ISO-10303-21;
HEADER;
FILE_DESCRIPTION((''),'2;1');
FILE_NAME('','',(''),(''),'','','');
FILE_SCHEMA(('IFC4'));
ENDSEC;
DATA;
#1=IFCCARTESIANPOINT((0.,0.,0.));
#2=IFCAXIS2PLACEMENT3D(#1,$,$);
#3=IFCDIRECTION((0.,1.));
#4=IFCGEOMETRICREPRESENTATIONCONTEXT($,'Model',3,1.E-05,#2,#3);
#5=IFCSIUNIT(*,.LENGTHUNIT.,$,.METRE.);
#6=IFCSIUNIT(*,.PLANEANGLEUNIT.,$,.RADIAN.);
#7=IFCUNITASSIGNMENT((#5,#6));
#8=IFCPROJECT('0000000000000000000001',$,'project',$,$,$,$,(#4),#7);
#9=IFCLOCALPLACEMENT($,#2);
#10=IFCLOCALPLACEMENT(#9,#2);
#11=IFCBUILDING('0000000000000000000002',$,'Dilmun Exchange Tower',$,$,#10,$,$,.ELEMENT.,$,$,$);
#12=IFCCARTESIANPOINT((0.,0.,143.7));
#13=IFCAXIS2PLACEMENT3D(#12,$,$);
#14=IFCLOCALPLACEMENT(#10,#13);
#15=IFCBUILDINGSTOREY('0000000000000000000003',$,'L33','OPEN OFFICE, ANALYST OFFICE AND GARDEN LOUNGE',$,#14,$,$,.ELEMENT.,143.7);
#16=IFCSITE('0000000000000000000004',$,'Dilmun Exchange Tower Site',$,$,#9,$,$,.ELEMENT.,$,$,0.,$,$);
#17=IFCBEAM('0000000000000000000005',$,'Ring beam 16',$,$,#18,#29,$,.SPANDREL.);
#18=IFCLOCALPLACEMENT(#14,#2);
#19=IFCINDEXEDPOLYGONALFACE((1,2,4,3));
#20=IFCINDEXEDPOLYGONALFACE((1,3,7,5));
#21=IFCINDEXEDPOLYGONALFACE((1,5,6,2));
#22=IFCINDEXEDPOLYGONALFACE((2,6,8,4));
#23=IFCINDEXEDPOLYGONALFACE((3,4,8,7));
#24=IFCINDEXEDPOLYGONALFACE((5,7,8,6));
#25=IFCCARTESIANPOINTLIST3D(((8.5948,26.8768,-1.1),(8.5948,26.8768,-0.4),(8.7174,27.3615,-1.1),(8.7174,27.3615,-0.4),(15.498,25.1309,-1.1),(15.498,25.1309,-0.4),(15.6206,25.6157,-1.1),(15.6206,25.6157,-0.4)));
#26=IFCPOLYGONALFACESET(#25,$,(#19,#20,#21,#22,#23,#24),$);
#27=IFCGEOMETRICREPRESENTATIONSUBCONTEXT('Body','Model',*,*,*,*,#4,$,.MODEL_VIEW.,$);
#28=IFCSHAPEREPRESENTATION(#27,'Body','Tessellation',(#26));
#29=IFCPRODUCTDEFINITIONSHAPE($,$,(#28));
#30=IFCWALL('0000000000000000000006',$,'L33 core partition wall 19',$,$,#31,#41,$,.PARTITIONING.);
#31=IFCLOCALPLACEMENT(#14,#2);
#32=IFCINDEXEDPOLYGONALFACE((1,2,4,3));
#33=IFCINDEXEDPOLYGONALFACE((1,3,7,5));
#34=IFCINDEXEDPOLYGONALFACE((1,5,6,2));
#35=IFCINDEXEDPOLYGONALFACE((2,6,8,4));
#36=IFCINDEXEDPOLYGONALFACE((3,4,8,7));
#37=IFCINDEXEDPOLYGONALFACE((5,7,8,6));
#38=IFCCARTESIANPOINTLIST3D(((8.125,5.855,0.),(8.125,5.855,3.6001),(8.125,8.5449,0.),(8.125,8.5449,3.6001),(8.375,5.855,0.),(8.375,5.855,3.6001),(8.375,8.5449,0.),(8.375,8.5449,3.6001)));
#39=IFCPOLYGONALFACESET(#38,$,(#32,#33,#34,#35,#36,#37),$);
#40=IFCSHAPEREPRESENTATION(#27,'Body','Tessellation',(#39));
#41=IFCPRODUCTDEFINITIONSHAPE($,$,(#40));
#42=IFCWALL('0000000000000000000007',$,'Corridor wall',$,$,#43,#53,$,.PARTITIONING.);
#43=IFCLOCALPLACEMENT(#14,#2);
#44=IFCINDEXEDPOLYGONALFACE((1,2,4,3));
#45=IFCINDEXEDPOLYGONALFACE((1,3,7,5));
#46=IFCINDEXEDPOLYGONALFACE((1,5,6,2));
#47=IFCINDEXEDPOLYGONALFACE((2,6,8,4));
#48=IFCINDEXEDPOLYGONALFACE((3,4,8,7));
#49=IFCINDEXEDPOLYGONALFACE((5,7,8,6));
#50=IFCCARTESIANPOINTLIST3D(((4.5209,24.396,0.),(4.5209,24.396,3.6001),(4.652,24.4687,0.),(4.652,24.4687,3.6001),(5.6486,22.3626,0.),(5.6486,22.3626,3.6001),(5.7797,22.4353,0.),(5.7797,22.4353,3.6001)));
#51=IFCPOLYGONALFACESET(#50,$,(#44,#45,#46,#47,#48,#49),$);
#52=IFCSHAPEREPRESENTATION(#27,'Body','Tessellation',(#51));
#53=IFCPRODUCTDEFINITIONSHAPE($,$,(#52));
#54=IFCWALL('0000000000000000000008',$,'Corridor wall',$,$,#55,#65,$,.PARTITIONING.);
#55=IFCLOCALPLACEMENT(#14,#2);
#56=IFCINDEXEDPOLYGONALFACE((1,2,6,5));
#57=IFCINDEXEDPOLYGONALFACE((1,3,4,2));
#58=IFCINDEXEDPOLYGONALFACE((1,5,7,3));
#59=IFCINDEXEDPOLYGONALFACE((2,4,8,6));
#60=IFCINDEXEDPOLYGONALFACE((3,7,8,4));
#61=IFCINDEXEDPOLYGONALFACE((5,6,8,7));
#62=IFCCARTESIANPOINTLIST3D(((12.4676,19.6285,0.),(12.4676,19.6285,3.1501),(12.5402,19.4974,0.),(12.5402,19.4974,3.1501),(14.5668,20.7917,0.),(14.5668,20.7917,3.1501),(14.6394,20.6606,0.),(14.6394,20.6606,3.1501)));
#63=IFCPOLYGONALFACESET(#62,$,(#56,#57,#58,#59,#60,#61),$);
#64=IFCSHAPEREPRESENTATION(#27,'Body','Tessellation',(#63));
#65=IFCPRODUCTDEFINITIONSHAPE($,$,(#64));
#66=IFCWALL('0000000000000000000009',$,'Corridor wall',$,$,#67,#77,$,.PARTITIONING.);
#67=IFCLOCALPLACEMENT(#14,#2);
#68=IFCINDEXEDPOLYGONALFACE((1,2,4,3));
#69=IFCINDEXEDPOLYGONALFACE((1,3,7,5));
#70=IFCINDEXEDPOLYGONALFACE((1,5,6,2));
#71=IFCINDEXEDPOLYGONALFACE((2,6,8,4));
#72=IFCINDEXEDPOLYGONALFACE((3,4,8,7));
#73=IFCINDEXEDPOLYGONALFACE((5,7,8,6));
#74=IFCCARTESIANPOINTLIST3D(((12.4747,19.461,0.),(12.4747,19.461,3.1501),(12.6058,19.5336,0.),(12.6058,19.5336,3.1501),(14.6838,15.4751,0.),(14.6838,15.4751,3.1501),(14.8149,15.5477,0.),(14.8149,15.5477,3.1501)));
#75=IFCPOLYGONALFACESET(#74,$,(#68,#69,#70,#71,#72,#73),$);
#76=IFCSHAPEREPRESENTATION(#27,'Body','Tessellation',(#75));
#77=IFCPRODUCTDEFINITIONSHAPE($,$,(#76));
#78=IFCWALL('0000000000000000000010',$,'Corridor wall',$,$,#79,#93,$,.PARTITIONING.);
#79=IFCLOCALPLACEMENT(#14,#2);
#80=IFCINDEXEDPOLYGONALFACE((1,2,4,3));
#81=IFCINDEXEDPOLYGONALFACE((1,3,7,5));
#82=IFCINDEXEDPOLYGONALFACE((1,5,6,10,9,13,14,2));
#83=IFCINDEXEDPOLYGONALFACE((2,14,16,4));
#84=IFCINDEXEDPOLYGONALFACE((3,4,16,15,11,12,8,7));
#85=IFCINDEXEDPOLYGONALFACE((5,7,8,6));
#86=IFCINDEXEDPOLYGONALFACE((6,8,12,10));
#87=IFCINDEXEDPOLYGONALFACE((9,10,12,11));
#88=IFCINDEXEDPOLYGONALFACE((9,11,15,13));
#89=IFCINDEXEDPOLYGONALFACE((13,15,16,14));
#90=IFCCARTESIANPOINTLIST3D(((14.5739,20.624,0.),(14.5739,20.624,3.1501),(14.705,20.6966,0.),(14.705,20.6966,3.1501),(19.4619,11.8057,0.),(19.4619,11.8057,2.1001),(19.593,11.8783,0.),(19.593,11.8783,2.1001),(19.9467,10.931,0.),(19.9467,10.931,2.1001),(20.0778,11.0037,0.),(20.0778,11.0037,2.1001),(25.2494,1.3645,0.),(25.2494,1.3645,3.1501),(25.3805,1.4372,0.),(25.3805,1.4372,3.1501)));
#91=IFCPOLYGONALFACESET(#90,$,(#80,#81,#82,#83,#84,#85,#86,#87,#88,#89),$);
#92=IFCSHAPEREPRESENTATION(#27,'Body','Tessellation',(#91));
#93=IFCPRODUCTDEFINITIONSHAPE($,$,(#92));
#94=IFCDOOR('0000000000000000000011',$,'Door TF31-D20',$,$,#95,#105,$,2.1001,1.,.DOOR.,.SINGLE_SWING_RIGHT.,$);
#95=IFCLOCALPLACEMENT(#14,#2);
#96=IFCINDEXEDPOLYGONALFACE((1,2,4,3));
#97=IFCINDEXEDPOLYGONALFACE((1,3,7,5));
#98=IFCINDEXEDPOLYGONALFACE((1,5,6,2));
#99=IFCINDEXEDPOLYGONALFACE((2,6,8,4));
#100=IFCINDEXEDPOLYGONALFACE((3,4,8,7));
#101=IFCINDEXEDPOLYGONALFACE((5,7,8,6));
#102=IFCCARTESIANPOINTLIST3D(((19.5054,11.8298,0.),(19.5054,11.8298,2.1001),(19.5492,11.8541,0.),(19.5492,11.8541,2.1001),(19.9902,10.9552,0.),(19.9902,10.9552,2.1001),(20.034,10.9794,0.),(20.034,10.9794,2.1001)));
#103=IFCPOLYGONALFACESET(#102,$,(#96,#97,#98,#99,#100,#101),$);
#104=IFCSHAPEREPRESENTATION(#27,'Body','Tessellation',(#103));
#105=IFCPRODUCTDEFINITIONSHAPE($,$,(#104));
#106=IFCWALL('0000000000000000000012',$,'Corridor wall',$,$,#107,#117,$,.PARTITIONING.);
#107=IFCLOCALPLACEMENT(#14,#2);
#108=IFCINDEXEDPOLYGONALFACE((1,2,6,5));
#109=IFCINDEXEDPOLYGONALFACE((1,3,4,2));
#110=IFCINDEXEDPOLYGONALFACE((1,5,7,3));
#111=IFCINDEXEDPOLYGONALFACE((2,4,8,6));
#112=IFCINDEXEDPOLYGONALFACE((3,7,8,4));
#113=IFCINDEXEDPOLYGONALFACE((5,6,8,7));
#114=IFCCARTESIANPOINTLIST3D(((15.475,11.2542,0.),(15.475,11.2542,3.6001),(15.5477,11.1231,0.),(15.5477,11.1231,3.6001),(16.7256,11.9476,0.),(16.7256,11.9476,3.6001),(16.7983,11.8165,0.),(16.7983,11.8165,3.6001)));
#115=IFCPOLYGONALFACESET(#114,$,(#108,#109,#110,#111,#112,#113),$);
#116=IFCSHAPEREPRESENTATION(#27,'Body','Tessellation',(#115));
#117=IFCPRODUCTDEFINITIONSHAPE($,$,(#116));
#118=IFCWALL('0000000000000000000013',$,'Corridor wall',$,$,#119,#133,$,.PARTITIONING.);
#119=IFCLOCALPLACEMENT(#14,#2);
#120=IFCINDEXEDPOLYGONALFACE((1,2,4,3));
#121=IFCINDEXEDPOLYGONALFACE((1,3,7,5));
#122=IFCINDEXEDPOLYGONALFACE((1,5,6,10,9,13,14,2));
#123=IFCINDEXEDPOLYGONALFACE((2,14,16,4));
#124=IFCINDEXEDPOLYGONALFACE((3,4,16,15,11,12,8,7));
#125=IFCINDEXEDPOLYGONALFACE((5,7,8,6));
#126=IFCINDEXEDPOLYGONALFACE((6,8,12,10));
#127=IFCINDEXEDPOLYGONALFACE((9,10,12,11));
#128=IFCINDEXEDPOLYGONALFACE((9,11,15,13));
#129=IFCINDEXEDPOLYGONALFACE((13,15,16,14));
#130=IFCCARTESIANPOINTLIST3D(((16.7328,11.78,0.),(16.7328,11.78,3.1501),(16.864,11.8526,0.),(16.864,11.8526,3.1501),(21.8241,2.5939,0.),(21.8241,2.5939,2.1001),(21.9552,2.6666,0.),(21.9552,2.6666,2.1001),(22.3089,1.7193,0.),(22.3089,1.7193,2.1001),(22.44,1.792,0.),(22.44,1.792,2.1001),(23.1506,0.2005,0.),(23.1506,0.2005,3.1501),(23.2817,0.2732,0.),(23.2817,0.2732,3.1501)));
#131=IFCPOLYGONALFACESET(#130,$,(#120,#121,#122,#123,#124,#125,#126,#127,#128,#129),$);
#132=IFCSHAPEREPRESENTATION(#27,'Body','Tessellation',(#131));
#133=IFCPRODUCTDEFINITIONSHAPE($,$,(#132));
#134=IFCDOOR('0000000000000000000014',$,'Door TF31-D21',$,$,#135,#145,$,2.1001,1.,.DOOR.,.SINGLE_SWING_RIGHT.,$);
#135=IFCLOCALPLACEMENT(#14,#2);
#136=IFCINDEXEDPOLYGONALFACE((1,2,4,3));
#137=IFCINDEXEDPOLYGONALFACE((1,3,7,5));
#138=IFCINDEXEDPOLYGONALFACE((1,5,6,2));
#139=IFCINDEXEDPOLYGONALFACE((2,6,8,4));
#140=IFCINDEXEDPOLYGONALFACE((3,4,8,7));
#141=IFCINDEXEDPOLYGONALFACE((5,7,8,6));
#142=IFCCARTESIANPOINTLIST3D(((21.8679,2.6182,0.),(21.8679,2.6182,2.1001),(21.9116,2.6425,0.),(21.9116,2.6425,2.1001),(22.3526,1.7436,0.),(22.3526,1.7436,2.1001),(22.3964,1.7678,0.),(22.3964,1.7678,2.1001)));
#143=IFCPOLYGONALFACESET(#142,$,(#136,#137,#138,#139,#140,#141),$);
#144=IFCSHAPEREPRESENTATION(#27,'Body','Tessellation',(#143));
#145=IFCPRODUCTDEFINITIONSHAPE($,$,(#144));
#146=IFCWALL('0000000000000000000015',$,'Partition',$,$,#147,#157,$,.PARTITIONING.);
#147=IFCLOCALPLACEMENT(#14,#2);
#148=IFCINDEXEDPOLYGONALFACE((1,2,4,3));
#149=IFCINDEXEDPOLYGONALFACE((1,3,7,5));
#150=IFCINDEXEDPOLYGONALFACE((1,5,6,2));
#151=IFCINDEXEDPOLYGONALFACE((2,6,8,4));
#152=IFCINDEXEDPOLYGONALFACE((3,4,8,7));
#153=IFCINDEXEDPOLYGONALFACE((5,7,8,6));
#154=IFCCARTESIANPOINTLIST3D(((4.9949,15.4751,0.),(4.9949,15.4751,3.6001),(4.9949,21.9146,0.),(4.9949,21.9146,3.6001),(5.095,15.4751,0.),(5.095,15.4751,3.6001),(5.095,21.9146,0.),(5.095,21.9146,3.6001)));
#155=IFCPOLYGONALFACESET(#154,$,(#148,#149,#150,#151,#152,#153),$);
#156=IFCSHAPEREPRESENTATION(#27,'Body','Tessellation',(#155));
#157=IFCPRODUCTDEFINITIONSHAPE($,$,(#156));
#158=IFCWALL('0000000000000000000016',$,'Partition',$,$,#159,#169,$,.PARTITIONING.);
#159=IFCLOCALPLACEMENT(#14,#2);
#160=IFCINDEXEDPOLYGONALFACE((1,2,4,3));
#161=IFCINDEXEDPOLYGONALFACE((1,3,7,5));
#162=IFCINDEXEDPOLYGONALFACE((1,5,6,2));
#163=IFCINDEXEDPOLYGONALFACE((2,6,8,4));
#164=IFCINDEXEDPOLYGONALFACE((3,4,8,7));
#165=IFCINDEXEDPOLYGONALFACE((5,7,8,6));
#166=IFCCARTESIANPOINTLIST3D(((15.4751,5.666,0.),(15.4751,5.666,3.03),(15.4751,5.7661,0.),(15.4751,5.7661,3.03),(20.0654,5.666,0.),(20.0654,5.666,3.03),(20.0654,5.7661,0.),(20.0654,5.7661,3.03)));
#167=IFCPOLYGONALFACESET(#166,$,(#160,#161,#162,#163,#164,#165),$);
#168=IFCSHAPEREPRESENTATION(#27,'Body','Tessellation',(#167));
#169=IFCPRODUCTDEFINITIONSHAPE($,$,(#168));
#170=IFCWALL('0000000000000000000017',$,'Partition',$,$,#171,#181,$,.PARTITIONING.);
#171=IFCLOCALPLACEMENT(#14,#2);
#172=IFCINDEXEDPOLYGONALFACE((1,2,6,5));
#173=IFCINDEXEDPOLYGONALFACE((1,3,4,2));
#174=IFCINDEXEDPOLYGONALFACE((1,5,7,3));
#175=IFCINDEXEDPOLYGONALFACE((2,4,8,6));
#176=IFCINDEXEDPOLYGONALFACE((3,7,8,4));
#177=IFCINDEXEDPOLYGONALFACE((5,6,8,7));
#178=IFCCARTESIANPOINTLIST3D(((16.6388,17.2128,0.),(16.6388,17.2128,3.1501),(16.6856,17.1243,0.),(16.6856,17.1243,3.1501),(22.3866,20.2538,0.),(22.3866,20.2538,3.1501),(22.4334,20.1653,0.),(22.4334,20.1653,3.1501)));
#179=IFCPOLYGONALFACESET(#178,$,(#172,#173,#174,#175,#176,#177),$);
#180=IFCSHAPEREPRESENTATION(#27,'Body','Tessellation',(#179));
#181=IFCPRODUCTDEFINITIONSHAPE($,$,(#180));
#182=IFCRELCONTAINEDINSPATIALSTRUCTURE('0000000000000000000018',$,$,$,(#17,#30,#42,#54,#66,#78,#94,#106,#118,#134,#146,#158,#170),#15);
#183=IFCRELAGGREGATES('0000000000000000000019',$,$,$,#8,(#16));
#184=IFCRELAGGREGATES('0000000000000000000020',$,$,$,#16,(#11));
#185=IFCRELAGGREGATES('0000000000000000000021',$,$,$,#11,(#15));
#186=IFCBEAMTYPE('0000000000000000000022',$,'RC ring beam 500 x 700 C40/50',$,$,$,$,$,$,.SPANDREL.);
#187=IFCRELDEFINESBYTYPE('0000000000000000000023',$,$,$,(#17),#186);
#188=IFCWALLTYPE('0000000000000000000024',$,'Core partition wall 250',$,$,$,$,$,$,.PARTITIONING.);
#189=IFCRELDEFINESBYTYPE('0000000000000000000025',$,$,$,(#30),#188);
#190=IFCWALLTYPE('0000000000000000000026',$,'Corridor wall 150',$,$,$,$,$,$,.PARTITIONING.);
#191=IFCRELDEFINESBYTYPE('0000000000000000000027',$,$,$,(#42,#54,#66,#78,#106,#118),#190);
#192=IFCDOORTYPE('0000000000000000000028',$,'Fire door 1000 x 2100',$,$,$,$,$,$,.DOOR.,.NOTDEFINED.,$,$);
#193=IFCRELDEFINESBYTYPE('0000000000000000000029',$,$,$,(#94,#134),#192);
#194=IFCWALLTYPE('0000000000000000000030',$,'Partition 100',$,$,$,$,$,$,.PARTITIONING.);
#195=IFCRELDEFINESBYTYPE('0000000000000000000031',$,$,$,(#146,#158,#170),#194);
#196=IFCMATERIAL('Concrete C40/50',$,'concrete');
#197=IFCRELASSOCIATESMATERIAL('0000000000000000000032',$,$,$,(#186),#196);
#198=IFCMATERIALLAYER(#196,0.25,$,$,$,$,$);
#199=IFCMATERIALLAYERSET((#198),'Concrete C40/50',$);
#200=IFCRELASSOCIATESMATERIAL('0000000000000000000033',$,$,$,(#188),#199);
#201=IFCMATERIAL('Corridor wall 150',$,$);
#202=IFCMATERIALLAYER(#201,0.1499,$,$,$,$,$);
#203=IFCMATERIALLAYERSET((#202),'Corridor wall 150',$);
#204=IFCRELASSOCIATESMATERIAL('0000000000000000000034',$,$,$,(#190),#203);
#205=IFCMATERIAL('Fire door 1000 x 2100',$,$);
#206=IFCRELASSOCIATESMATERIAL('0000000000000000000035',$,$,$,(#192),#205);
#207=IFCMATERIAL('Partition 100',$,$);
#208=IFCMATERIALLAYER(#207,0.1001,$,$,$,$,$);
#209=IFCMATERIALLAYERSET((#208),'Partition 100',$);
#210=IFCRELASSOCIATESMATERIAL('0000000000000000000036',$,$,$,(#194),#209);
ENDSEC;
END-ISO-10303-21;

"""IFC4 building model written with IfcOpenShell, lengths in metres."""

from ifc_helpers import new_model, si_unit, direction, frame, frame_2d, origin, origin_2d, place, context, subcontext, project, spatial, rectangle, extrude, material, layer, layer_set, material_profile, profile_set, type_object, element, fill, save


model = new_model("IFC4")

# Units and contexts
model_context = context("Model", 3, precision=1e-05, world=origin(), true_north=direction((0.0, 1.0)))
body_context = subcontext(model_context, "Body", "Model", "MODEL_VIEW")
ifc_project = project(units=[si_unit("LENGTHUNIT", "METRE"), si_unit("PLANEANGLEUNIT", "RADIAN")], contexts=[model_context])

# Site, building, storey
site_placement = place(None, origin())
site = spatial("IfcSite", under=ifc_project, at=site_placement, Name="Dilmun Exchange Tower Site", CompositionType="ELEMENT", RefElevation=0.0)
building_placement = place(site_placement, origin())
building = spatial("IfcBuilding", under=site, at=building_placement, Name="Dilmun Exchange Tower", CompositionType="ELEMENT")
storey_placement = place(building_placement, frame((0.0, 0.0, 143.7)))
storey = spatial("IfcBuildingStorey", under=building, at=storey_placement, Name="L33", Description="OPEN OFFICE, ANALYST OFFICE AND GARDEN LOUNGE", CompositionType="ELEMENT", Elevation=143.7)

# Beam
ifc_material_1 = material(Name="Concrete C40/50", Category="concrete")
ifc_material_profile_1 = material_profile(ifc_material_1, rectangle(XDim=0.5, YDim=0.7, at=origin_2d()), Name="500 x 700")
ifc_profile_set_1 = profile_set([ifc_material_profile_1], Name="Concrete C40/50")
beam_type_1 = type_object("IfcBeamType", Name="RC ring beam 500 x 700 C40/50", PredefinedType="SPANDREL", material=ifc_profile_set_1)
beam_1_placement = place(storey_placement, frame((15.5593, 25.3733, -0.75), z_axis=(-0.969477, 0.245181, 0.0), x_axis=(-0.245181, -0.969477, 0.0)))
element("IfcBeam", 1, at=beam_1_placement, inside=storey, type_object=beam_type_1, Name="Ring beam 16", PredefinedType="SPANDREL", context=body_context, shape_type="SweptSolid", body=[
    extrude(rectangle(XDim=0.5, YDim=0.7, at=origin_2d()), origin(), (0.0, 0.0, 1.0), 7.1206),
])

# Walls
ifc_layer_1 = layer(ifc_material_1, 0.25)
ifc_layer_set_1 = layer_set([ifc_layer_1], Name="Concrete C40/50")
wall_type_1 = type_object("IfcWallType", Name="Core partition wall 250", PredefinedType="PARTITIONING", material=ifc_layer_set_1)
wall_1_placement = place(storey_placement, frame((8.25, 5.855, 0.0), z_axis=(0.0, 0.0, 1.0), x_axis=(0.0, 1.0, 0.0)))
element("IfcWall", 2, at=wall_1_placement, inside=storey, type_object=wall_type_1, Name="L33 core partition wall 19", PredefinedType="PARTITIONING", context=body_context, shape_type="SweptSolid", body=[
    extrude(rectangle(XDim=2.6899, YDim=0.25, at=frame_2d((1.345, 0.0))), origin(), (0.0, 0.0, 1.0), 3.6001),
])
ifc_material_2 = material(Name="Corridor wall 150")
ifc_layer_2 = layer(ifc_material_2, 0.1499)
ifc_layer_set_2 = layer_set([ifc_layer_2], Name="Corridor wall 150")
wall_type_2 = type_object("IfcWallType", Name="Corridor wall 150", PredefinedType="PARTITIONING", material=ifc_layer_set_2)
wall_2_placement = place(storey_placement, frame((4.5864, 24.4324, 0.0), z_axis=(0.0, 0.0, 1.0), x_axis=(0.484983, -0.874524, 0.0)))
element("IfcWall", 3, at=wall_2_placement, inside=storey, type_object=wall_type_2, Name="Corridor wall", PredefinedType="PARTITIONING", context=body_context, shape_type="SweptSolid", body=[
    extrude(rectangle(XDim=2.3252, YDim=0.1499, at=frame_2d((1.1626, 0.0))), origin(), (0.0, 0.0, 1.0), 3.6001),
])
wall_3_placement = place(storey_placement, frame((12.5039, 19.563, 0.0), z_axis=(0.0, 0.0, 1.0), x_axis=(0.874704, 0.484658, 0.0)))
element("IfcWall", 4, at=wall_3_placement, inside=storey, type_object=wall_type_2, Name="Corridor wall", PredefinedType="PARTITIONING", context=body_context, shape_type="SweptSolid", body=[
    extrude(rectangle(XDim=2.3999, YDim=0.1499, at=frame_2d((1.2, 0.0))), origin(), (0.0, 0.0, 1.0), 3.1501),
])
wall_4_placement = place(storey_placement, frame((12.5403, 19.4973, 0.0), z_axis=(0.0, 0.0, 1.0), x_axis=(0.484742, -0.874657, 0.0)))
element("IfcWall", 5, at=wall_4_placement, inside=storey, type_object=wall_type_2, Name="Corridor wall", PredefinedType="PARTITIONING", context=body_context, shape_type="SweptSolid", body=[
    extrude(rectangle(XDim=4.5571, YDim=0.1499, at=frame_2d((2.2786, 0.0))), origin(), (0.0, 0.0, 1.0), 3.1501),
])

# Wall, opening, door
wall_5_placement = place(storey_placement, frame((14.6394, 20.6604, 0.0), z_axis=(0.0, 0.0, 1.0), x_axis=(0.484803, -0.874623, 0.0)))
wall_5 = element("IfcWall", 6, at=wall_5_placement, inside=storey, type_object=wall_type_2, Name="Corridor wall", PredefinedType="PARTITIONING", context=body_context, shape_type="SweptSolid", body=[
    extrude(rectangle(XDim=22.0203, YDim=0.1499, at=frame_2d((11.0103, 0.0))), origin(), (0.0, 0.0, 1.0), 3.1501),
])
opening_1_placement = place(wall_5_placement, frame((10.0825, 0.0, 0.0)))
opening_1 = element("IfcOpeningElement", 7, at=opening_1_placement, cuts=wall_5, PredefinedType="OPENING", context=body_context, shape_type="SweptSolid", body=[
    extrude(rectangle(XDim=1.0, YDim=2.1001, at=frame_2d((0.5, 1.05))), frame((0.0, 0.085, 0.0), z_axis=(0.0, -1.0, 0.0), x_axis=(1.0, 0.0, 0.0)), (0.0, 0.0, 1.0), 0.1699),
])
ifc_material_3 = material(Name="Fire door 1000 x 2100")
door_type = type_object("IfcDoorType", Name="Fire door 1000 x 2100", OperationType="NOTDEFINED", PredefinedType="DOOR", material=ifc_material_3)
door_1_placement = place(opening_1_placement, origin())
door_1 = element("IfcDoor", 8, at=door_1_placement, inside=storey, type_object=door_type, Name="Door TF31-D20", OperationType="SINGLE_SWING_RIGHT", OverallHeight=2.1001, OverallWidth=1.0, PredefinedType="DOOR", context=body_context, shape_type="SweptSolid", body=[
    extrude(rectangle(XDim=1.0, YDim=2.1001, at=frame_2d((0.5, 1.05))), frame((0.0, 0.0249, 0.0), z_axis=(0.0, -1.0, 0.0), x_axis=(1.0, 0.0, 0.0)), (0.0, 0.0, 1.0), 0.05),
])
fill(opening_1, door_1)

# Wall
wall_6_placement = place(storey_placement, frame((15.5115, 11.1887, 0.0), z_axis=(0.0, 0.0, 1.0), x_axis=(0.87456, 0.484918, 0.0)))
element("IfcWall", 9, at=wall_6_placement, inside=storey, type_object=wall_type_2, Name="Corridor wall", PredefinedType="PARTITIONING", context=body_context, shape_type="SweptSolid", body=[
    extrude(rectangle(XDim=1.4299, YDim=0.1499, at=frame_2d((0.7148, 0.0))), origin(), (0.0, 0.0, 1.0), 3.6001),
])

# Wall, opening, door
wall_7_placement = place(storey_placement, frame((16.7983, 11.8164, 0.0), z_axis=(0.0, 0.0, 1.0), x_axis=(0.484763, -0.874646, 0.0)))
wall_7 = element("IfcWall", 10, at=wall_7_placement, inside=storey, type_object=wall_type_2, Name="Corridor wall", PredefinedType="PARTITIONING", context=body_context, shape_type="SweptSolid", body=[
    extrude(rectangle(XDim=13.239, YDim=0.1499, at=frame_2d((6.6196, 0.0))), origin(), (0.0, 0.0, 1.0), 3.1501),
])
opening_2_placement = place(wall_7_placement, frame((10.5027, 0.0, 0.0)))
opening_2 = element("IfcOpeningElement", 11, at=opening_2_placement, cuts=wall_7, PredefinedType="OPENING", context=body_context, shape_type="SweptSolid", body=[
    extrude(rectangle(XDim=1.0, YDim=2.1001, at=frame_2d((0.5, 1.05))), frame((0.0, 0.085, 0.0), z_axis=(0.0, -1.0, 0.0), x_axis=(1.0, 0.0, 0.0)), (0.0, 0.0, 1.0), 0.1699),
])
door_2_placement = place(opening_2_placement, frame((1.0, 0.0, 0.0), z_axis=(0.0, 0.0, 1.0), x_axis=(-1.0, 0.0, 0.0)))
door_2 = element("IfcDoor", 12, at=door_2_placement, inside=storey, type_object=door_type, Name="Door TF31-D21", OperationType="SINGLE_SWING_RIGHT", OverallHeight=2.1001, OverallWidth=1.0, PredefinedType="DOOR", context=body_context, shape_type="SweptSolid", body=[
    extrude(rectangle(XDim=1.0, YDim=2.1001, at=frame_2d((0.5, 1.05))), frame((0.0, 0.0249, 0.0), z_axis=(0.0, -1.0, 0.0), x_axis=(1.0, 0.0, 0.0)), (0.0, 0.0, 1.0), 0.05),
])
fill(opening_2, door_2)

# Walls
ifc_material_4 = material(Name="Partition 100")
ifc_layer_3 = layer(ifc_material_4, 0.1001)
ifc_layer_set_3 = layer_set([ifc_layer_3], Name="Partition 100")
wall_type_3 = type_object("IfcWallType", Name="Partition 100", PredefinedType="PARTITIONING", material=ifc_layer_set_3)
wall_8_placement = place(storey_placement, frame((5.0449, 15.4751, 0.0), z_axis=(0.0, 0.0, 1.0), x_axis=(0.0, 1.0, 0.0)))
element("IfcWall", 13, at=wall_8_placement, inside=storey, type_object=wall_type_3, Name="Partition", PredefinedType="PARTITIONING", context=body_context, shape_type="SweptSolid", body=[
    extrude(rectangle(XDim=6.4395, YDim=0.1001, at=frame_2d((3.2197, 0.0))), origin(), (0.0, 0.0, 1.0), 3.6001),
])
wall_9_placement = place(storey_placement, frame((15.4751, 5.7161, 0.0), z_axis=(0.0, 0.0, 1.0), x_axis=(1.0, 0.0, 0.0)))
element("IfcWall", 14, at=wall_9_placement, inside=storey, type_object=wall_type_3, Name="Partition", PredefinedType="PARTITIONING", context=body_context, shape_type="SweptSolid", body=[
    extrude(rectangle(XDim=4.5903, YDim=0.1001, at=frame_2d((2.2952, 0.0))), origin(), (0.0, 0.0, 1.0), 3.03),
])
wall_10_placement = place(storey_placement, frame((16.6621, 17.1685, 0.0), z_axis=(0.0, 0.0, 1.0), x_axis=(0.883911, 0.467655, 0.0)))
element("IfcWall", 15, at=wall_10_placement, inside=storey, type_object=wall_type_3, Name="Partition", PredefinedType="PARTITIONING", context=body_context, shape_type="SweptSolid", body=[
    extrude(rectangle(XDim=6.5027, YDim=0.1001, at=frame_2d((3.2515, 0.0))), origin(), (0.0, 0.0, 1.0), 3.1501),
])

save(model, "model.ifc")
